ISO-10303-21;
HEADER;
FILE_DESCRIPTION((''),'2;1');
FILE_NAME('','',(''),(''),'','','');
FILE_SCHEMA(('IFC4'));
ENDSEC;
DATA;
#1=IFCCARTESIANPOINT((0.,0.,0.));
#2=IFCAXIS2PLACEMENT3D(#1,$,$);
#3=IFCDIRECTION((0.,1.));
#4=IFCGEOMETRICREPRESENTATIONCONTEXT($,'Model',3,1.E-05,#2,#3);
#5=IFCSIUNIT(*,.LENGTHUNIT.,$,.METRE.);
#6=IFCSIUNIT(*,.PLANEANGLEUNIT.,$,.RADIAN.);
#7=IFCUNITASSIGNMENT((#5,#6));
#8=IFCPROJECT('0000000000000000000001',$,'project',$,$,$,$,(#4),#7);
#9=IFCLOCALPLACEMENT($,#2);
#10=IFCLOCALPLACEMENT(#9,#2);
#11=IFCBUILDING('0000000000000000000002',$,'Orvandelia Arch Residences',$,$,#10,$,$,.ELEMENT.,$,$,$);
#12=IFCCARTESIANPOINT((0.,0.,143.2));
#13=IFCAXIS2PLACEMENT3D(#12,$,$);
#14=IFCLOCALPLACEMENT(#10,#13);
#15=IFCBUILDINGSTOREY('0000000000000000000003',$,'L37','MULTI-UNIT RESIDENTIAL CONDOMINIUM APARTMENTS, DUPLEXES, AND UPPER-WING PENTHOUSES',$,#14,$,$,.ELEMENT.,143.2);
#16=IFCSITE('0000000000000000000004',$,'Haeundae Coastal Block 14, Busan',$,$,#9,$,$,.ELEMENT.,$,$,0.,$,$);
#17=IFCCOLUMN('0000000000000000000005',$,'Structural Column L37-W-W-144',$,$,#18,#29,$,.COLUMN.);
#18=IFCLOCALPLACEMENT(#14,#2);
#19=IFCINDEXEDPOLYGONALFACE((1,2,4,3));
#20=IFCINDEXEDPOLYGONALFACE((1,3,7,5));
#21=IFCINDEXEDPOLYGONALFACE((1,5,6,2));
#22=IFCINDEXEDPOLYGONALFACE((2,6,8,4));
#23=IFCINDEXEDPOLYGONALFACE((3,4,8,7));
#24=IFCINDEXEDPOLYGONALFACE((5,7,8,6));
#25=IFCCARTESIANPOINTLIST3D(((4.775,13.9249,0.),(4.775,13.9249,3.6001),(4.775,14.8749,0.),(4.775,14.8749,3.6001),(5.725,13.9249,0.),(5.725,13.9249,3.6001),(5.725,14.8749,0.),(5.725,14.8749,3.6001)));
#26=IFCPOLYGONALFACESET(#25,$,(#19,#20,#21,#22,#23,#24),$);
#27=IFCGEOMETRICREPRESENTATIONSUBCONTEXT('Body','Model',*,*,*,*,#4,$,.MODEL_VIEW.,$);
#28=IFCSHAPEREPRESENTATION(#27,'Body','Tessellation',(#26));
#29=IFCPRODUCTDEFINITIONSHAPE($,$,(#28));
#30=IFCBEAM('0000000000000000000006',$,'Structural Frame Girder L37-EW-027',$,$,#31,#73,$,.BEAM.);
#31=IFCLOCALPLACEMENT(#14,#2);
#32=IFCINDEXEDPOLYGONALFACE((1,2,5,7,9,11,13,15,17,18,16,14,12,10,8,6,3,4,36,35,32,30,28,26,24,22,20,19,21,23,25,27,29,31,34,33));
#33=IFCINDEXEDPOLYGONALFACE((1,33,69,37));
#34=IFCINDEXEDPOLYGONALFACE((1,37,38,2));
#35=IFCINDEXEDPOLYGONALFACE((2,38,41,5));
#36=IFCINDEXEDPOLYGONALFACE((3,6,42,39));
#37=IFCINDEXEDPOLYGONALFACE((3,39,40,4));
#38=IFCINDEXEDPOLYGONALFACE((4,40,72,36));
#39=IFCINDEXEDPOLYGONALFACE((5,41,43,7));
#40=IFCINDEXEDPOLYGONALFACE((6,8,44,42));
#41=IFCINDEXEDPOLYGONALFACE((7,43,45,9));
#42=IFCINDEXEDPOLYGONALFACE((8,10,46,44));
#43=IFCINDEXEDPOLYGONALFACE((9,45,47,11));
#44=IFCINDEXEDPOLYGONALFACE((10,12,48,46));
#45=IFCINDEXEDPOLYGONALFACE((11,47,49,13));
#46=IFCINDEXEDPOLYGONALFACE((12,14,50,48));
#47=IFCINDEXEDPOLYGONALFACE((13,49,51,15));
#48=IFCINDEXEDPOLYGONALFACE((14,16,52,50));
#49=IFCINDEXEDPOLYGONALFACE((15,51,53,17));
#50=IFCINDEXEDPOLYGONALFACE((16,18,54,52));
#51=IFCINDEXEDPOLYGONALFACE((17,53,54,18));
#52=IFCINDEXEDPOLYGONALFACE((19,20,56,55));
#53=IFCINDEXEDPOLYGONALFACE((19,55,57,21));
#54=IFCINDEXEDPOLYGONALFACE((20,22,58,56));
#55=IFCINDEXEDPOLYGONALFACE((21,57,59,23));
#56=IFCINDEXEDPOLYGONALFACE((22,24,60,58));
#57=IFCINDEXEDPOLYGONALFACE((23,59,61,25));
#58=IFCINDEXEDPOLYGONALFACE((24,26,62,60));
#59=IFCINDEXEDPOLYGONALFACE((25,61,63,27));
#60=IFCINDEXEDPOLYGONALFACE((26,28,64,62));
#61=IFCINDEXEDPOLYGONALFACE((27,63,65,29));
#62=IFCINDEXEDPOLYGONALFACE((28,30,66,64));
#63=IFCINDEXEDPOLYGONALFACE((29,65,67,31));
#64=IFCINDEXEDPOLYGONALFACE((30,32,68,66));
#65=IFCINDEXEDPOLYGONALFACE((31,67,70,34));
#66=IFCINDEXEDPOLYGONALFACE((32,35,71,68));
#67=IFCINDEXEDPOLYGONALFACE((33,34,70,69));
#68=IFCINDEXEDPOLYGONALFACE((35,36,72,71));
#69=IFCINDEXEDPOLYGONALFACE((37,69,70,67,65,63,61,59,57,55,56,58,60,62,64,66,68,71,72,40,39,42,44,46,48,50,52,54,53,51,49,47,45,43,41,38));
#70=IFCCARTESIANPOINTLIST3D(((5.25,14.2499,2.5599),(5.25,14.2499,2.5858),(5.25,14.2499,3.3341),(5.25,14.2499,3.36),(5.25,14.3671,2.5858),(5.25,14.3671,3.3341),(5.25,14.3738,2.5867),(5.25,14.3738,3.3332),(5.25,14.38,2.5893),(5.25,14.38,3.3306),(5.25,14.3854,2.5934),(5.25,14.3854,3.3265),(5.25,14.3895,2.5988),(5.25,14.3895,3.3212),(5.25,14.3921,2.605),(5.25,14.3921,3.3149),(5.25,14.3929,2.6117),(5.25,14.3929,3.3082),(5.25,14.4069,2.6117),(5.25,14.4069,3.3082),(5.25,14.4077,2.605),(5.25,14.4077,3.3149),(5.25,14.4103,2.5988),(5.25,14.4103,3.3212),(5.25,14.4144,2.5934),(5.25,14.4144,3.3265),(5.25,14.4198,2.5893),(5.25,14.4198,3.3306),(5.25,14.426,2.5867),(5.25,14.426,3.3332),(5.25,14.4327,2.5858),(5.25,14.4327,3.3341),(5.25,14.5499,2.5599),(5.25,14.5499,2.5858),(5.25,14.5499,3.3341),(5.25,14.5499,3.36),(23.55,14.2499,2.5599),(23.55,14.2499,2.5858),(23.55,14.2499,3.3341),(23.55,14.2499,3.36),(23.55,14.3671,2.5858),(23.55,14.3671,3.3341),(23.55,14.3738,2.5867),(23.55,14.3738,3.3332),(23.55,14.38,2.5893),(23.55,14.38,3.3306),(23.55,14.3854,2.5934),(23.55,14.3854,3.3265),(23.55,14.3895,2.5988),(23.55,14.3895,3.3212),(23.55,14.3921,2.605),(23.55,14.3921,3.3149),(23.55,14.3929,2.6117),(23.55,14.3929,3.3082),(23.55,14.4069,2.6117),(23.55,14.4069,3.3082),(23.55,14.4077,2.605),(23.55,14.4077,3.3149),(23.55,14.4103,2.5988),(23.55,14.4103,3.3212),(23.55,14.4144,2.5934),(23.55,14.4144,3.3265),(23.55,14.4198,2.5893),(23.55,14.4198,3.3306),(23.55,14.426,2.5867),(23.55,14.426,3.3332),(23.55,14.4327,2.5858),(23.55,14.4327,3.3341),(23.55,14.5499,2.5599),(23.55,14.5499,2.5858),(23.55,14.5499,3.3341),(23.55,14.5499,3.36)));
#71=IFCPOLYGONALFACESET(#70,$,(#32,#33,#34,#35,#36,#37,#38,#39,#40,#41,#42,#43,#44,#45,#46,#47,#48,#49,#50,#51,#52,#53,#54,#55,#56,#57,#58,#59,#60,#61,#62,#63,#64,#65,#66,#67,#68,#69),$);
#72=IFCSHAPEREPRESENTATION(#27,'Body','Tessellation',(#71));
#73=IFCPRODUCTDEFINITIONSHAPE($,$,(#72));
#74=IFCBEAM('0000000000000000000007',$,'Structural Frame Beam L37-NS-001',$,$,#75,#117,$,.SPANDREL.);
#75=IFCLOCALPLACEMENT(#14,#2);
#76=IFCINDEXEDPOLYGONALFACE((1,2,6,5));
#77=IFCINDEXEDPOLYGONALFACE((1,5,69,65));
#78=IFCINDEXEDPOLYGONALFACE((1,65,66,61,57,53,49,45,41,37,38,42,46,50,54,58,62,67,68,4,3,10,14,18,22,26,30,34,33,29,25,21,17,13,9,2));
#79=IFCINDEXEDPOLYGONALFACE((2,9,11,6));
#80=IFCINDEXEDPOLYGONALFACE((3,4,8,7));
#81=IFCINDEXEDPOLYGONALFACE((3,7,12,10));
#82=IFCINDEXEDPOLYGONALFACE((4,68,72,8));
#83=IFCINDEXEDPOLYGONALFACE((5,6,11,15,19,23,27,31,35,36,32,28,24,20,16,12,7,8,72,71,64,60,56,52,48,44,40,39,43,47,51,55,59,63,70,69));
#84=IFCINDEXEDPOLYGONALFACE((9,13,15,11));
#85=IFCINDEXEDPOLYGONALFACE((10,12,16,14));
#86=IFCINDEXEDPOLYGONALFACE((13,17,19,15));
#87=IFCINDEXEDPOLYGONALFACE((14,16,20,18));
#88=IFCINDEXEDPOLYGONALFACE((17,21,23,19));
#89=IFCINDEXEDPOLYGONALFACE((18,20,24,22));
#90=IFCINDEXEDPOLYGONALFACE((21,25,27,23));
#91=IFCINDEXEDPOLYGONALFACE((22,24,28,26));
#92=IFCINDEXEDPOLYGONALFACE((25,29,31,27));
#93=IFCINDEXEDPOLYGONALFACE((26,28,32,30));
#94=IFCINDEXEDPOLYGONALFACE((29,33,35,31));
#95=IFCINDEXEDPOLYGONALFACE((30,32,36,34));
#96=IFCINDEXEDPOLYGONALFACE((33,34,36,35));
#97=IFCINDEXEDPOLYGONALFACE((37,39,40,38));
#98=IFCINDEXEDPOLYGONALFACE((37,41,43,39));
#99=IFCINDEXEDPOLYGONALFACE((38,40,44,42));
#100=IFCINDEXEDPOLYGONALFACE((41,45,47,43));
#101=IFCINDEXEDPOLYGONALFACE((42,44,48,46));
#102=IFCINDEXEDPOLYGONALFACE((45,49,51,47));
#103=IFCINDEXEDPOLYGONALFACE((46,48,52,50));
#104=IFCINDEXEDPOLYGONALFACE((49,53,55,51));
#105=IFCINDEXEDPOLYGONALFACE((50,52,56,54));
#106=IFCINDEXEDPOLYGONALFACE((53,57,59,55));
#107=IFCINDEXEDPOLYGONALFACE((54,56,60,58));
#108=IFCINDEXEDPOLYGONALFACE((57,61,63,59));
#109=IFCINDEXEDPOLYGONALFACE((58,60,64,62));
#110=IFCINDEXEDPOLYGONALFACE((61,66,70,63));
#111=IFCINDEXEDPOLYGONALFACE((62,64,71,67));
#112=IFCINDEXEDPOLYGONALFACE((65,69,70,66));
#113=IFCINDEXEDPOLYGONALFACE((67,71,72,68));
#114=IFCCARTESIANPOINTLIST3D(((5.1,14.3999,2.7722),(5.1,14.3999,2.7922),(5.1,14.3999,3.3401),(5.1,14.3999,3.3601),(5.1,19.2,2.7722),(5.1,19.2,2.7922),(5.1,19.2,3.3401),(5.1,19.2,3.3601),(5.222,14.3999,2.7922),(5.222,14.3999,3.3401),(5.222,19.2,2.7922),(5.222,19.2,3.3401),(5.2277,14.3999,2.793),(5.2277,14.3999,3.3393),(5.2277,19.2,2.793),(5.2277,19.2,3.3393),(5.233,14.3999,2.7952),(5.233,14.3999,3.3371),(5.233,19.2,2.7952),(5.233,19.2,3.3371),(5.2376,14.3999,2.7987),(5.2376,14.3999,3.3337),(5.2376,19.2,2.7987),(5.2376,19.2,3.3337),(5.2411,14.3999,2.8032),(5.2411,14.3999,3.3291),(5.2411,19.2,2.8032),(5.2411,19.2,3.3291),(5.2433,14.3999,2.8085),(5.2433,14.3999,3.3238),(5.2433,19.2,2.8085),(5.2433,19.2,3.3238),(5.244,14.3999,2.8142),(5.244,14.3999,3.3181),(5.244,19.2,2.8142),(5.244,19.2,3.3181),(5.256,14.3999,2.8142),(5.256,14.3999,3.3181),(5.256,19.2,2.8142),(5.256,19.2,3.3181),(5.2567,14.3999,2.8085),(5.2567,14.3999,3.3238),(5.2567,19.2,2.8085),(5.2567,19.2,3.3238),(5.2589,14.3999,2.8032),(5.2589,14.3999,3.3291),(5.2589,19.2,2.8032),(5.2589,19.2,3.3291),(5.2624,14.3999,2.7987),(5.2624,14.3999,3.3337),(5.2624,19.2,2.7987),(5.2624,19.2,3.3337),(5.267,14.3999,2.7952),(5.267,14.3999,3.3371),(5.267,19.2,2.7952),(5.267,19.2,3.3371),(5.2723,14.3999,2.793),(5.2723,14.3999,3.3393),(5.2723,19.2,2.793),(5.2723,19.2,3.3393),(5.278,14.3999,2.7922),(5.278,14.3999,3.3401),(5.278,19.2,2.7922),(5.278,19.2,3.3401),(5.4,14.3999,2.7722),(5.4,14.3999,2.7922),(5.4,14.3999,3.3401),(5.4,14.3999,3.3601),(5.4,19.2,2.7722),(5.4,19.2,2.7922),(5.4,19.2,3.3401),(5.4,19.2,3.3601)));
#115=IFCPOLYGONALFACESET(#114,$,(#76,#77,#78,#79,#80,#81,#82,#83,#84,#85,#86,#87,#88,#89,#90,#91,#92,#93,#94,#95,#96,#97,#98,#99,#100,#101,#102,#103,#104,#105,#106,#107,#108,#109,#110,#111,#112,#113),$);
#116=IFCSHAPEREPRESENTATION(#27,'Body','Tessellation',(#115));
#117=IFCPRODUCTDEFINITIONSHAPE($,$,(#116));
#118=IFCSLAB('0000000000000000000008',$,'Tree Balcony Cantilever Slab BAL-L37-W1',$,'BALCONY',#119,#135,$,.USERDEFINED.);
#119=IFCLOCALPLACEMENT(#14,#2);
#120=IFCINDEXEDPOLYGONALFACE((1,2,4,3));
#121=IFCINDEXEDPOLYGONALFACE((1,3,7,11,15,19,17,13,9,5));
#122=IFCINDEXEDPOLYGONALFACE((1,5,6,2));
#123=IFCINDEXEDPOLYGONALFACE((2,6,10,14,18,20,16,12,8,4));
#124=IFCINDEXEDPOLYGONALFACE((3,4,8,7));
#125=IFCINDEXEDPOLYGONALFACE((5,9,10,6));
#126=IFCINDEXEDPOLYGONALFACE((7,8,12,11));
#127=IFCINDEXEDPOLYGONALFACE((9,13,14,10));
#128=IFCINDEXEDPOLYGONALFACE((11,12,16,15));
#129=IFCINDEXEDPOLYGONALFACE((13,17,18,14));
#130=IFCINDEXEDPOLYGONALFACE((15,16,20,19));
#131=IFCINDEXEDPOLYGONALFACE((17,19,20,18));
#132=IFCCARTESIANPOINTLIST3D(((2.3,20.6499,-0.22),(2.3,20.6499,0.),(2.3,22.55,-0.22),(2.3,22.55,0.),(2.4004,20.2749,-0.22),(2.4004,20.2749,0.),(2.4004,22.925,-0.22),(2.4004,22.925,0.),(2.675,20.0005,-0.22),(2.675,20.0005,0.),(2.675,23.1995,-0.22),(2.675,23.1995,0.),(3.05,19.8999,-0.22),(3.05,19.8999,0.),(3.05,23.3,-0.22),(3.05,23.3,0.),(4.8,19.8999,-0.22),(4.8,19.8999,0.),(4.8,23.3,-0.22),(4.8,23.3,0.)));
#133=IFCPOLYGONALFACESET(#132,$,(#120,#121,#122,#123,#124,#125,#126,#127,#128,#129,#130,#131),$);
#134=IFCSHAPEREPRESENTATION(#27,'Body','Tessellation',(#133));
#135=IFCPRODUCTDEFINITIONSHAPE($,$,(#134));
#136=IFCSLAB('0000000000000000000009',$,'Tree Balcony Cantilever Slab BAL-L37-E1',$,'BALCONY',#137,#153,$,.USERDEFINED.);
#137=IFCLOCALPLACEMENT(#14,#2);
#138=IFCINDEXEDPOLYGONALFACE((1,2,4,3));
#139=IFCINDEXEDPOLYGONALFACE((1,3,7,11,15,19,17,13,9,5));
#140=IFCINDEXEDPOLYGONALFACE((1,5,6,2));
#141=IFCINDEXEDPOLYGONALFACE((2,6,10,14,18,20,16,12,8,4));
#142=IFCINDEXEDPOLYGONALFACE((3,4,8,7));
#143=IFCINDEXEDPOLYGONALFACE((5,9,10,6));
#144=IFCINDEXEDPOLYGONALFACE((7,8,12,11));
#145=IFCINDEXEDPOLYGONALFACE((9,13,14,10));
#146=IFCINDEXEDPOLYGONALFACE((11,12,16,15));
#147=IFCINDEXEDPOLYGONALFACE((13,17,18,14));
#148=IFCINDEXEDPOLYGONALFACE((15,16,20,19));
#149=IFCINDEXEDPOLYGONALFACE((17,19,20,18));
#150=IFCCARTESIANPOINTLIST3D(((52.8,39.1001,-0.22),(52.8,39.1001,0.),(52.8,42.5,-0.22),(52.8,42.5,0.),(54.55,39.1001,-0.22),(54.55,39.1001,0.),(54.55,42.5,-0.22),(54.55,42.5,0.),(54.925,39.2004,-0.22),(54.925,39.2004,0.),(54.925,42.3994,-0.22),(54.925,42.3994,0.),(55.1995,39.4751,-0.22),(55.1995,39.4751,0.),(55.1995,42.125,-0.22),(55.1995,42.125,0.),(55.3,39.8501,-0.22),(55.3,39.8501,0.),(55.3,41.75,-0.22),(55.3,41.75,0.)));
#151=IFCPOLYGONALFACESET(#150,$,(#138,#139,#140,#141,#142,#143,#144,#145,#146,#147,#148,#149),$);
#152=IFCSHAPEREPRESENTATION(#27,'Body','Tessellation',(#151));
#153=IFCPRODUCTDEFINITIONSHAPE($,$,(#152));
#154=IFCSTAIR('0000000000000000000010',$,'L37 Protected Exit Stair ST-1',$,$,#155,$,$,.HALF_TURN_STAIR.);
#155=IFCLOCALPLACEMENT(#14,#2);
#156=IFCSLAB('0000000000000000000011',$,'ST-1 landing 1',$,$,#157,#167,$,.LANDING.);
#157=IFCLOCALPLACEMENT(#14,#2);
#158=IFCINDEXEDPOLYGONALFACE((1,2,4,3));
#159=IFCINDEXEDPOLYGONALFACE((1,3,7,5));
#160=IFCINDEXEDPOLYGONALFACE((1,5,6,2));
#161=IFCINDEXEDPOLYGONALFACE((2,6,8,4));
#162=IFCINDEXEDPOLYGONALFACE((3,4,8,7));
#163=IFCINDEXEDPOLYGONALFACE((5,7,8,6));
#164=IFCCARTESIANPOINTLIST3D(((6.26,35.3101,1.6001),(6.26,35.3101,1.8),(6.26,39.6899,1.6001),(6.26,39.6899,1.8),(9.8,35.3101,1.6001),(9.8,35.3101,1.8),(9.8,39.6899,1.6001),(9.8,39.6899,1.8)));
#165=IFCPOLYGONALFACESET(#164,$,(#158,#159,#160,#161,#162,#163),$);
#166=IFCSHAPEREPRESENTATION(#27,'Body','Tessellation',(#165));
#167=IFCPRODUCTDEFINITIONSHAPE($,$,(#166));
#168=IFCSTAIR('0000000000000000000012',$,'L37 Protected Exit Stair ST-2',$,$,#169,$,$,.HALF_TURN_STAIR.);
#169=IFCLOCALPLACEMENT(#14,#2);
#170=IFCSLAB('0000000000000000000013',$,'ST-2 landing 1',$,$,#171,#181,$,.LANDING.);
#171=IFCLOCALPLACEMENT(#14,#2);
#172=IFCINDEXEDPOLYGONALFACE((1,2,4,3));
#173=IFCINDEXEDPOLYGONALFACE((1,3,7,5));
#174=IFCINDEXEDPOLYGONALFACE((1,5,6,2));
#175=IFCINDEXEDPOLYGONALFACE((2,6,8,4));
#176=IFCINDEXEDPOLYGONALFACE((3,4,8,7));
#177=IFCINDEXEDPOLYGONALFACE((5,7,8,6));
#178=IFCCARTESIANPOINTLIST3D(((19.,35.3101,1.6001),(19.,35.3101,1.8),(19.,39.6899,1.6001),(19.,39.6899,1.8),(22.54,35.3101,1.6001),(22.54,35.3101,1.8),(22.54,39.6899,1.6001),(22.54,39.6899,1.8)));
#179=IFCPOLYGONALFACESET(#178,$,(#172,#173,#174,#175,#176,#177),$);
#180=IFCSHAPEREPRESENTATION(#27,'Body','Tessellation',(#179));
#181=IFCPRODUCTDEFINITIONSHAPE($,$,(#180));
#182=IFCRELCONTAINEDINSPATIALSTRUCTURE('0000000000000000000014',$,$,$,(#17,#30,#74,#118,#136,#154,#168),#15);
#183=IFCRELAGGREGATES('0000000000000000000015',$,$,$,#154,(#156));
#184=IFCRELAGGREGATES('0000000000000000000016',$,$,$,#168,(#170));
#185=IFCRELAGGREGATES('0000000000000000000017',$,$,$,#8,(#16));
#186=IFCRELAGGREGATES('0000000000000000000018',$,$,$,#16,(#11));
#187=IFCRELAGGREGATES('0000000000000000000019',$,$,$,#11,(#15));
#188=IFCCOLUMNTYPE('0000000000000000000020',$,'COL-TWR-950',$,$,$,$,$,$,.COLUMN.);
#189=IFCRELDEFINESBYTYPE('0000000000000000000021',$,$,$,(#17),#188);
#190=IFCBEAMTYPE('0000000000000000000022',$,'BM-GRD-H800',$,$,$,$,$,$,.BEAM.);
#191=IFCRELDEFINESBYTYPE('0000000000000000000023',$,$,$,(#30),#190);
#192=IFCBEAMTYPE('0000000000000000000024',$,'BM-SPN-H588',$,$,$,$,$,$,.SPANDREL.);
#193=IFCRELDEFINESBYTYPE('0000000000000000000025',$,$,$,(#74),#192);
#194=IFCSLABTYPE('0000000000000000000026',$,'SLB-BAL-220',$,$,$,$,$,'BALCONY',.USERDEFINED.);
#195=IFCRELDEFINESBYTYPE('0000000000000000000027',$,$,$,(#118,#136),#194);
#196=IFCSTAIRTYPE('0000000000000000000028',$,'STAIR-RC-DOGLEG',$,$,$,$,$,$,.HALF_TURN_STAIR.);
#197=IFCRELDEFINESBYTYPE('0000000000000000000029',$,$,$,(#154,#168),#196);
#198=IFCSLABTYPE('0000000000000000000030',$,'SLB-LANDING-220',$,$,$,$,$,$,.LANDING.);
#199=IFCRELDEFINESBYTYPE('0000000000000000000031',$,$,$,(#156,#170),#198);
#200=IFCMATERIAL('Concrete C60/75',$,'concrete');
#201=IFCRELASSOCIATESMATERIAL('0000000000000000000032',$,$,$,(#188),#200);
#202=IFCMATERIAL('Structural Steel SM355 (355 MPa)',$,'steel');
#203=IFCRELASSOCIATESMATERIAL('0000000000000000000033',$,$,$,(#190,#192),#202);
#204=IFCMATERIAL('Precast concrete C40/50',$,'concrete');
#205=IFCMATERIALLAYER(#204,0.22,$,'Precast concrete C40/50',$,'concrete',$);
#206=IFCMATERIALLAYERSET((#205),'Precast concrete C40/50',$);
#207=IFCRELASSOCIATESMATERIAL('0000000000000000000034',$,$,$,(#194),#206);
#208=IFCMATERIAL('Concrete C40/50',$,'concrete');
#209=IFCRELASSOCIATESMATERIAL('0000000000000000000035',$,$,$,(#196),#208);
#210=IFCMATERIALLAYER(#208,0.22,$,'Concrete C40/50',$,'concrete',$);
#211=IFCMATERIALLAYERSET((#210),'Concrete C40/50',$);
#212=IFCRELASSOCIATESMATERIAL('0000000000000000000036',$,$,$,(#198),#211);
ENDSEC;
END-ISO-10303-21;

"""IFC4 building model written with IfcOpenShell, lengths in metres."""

from ifc_helpers import new_model, si_unit, direction, frame, origin, origin_2d, place, context, subcontext, project, spatial, polyline, rectangle, i_section, outline, extrude, material, layer, layer_set, material_profile, profile_set, type_object, element, aggregate, save


model = new_model("IFC4")

# Units and contexts
model_context = context("Model", 3, precision=1e-05, world=origin(), true_north=direction((0.0, 1.0)))
body_context = subcontext(model_context, "Body", "Model", "MODEL_VIEW")
ifc_project = project(units=[si_unit("LENGTHUNIT", "METRE"), si_unit("PLANEANGLEUNIT", "RADIAN")], contexts=[model_context])

# Site, building, storey
site_placement = place(None, origin())
site = spatial("IfcSite", under=ifc_project, at=site_placement, Name="Haeundae Coastal Block 14, Busan", CompositionType="ELEMENT", RefElevation=0.0)
building_placement = place(site_placement, origin())
building = spatial("IfcBuilding", under=site, at=building_placement, Name="Orvandelia Arch Residences", CompositionType="ELEMENT")
storey_placement = place(building_placement, frame((0.0, 0.0, 143.2)))
storey = spatial("IfcBuildingStorey", under=building, at=storey_placement, Name="L37", Description="MULTI-UNIT RESIDENTIAL CONDOMINIUM APARTMENTS, DUPLEXES, AND UPPER-WING PENTHOUSES", CompositionType="ELEMENT", Elevation=143.2)

# Column
ifc_material_1 = material(Name="Concrete C60/75", Category="concrete")
ifc_material_profile_1 = material_profile(ifc_material_1, rectangle(XDim=0.95, YDim=0.95, at=origin_2d()), Name="Concrete C60/75", Category="concrete")
ifc_profile_set_1 = profile_set([ifc_material_profile_1], Name="Concrete C60/75")
column_type = type_object("IfcColumnType", Name="COL-TWR-950", PredefinedType="COLUMN", material=ifc_profile_set_1)
column_placement = place(storey_placement, frame((5.25, 14.3999, 0.0), z_axis=(0.0, 0.0, 1.0), x_axis=(1.0, 0.0, 0.0)))
element("IfcColumn", 1, at=column_placement, inside=storey, type_object=column_type, Name="Structural Column L37-W-W-144", PredefinedType="COLUMN", context=body_context, shape_type="SweptSolid", body=[
    extrude(rectangle(XDim=0.95, YDim=0.95, at=origin_2d()), origin(), (0.0, 0.0, 1.0), 3.6001),
])

# Beams
ifc_material_2 = material(Name="Structural Steel SM355 (355 MPa)", Category="steel")
ifc_material_profile_2 = material_profile(ifc_material_2, i_section(OverallWidth=0.3, OverallDepth=0.8, WebThickness=0.0139, FlangeThickness=0.0259, FilletRadius=0.0259, at=origin_2d()), Name="Structural Steel SM355 (355 MPa)", Category="steel")
ifc_profile_set_2 = profile_set([ifc_material_profile_2], Name="Structural Steel SM355 (355 MPa)")
beam_type_1 = type_object("IfcBeamType", Name="BM-GRD-H800", PredefinedType="BEAM", material=ifc_profile_set_2)
beam_1_placement = place(storey_placement, frame((5.25, 14.3999, 2.96), z_axis=(1.0, 0.0, 0.0), x_axis=(0.0, 1.0, 0.0)))
element("IfcBeam", 2, at=beam_1_placement, inside=storey, type_object=beam_type_1, Name="Structural Frame Girder L37-EW-027", PredefinedType="BEAM", context=body_context, shape_type="SweptSolid", body=[
    extrude(i_section(OverallWidth=0.3, OverallDepth=0.8, WebThickness=0.0139, FlangeThickness=0.0259, FilletRadius=0.0259, at=origin_2d()), origin(), (0.0, 0.0, 1.0), 18.3),
])
ifc_material_profile_3 = material_profile(ifc_material_2, i_section(OverallWidth=0.3, OverallDepth=0.5879, WebThickness=0.012, FlangeThickness=0.02, FilletRadius=0.022, at=origin_2d()), Name="Structural Steel SM355 (355 MPa)", Category="steel")
ifc_profile_set_3 = profile_set([ifc_material_profile_3], Name="Structural Steel SM355 (355 MPa)")
beam_type_2 = type_object("IfcBeamType", Name="BM-SPN-H588", PredefinedType="SPANDREL", material=ifc_profile_set_3)
beam_2_placement = place(storey_placement, frame((5.25, 14.3999, 3.0662), z_axis=(0.0, 1.0, 0.0), x_axis=(-1.0, 0.0, 0.0)))
element("IfcBeam", 3, at=beam_2_placement, inside=storey, type_object=beam_type_2, Name="Structural Frame Beam L37-NS-001", PredefinedType="SPANDREL", context=body_context, shape_type="SweptSolid", body=[
    extrude(i_section(OverallWidth=0.3, OverallDepth=0.5879, WebThickness=0.012, FlangeThickness=0.02, FilletRadius=0.022, at=origin_2d()), origin(), (0.0, 0.0, 1.0), 4.8),
])

# Slabs
ifc_material_3 = material(Name="Precast concrete C40/50", Category="concrete")
ifc_layer_1 = layer(ifc_material_3, 0.22, Name="Precast concrete C40/50", Category="concrete")
ifc_layer_set_1 = layer_set([ifc_layer_1], Name="Precast concrete C40/50")
slab_type_1 = type_object("IfcSlabType", Name="SLB-BAL-220", ElementType="BALCONY", PredefinedType="USERDEFINED", material=ifc_layer_set_1)
slab_1_placement = place(storey_placement, frame((0.0, 0.0, -0.22)))
element("IfcSlab", 4, at=slab_1_placement, inside=storey, type_object=slab_type_1, Name="Tree Balcony Cantilever Slab BAL-L37-W1", ObjectType="BALCONY", PredefinedType="USERDEFINED", context=body_context, shape_type="SweptSolid", body=[
    extrude(outline(polyline([(4.8, 19.8999), (4.8, 23.3), (3.05, 23.3), (2.675, 23.1995), (2.4004, 22.925), (2.3, 22.55), (2.3, 20.6499), (2.4004, 20.2749), (2.675, 20.0005), (3.05, 19.8999), (4.8, 19.8999)])), origin(), (0.0, 0.0, 1.0), 0.22),
])
slab_2_placement = place(storey_placement, frame((0.0, 0.0, -0.22)))
element("IfcSlab", 5, at=slab_2_placement, inside=storey, type_object=slab_type_1, Name="Tree Balcony Cantilever Slab BAL-L37-E1", ObjectType="BALCONY", PredefinedType="USERDEFINED", context=body_context, shape_type="SweptSolid", body=[
    extrude(outline(polyline([(52.8, 42.5), (52.8, 39.1001), (54.55, 39.1001), (54.925, 39.2004), (55.1995, 39.4751), (55.3, 39.8501), (55.3, 41.75), (55.1995, 42.125), (54.925, 42.3994), (54.55, 42.5), (52.8, 42.5)])), origin(), (0.0, 0.0, 1.0), 0.22),
])

# Stairs, slabs
ifc_material_4 = material(Name="Concrete C40/50", Category="concrete")
stair_type = type_object("IfcStairType", Name="STAIR-RC-DOGLEG", PredefinedType="HALF_TURN_STAIR", material=ifc_material_4)
stair_1_placement = place(storey_placement, origin())
stair_1 = element("IfcStair", 6, at=stair_1_placement, inside=storey, type_object=stair_type, Name="L37 Protected Exit Stair ST-1", PredefinedType="HALF_TURN_STAIR")
ifc_layer_2 = layer(ifc_material_4, 0.22, Name="Concrete C40/50", Category="concrete")
ifc_layer_set_2 = layer_set([ifc_layer_2], Name="Concrete C40/50")
slab_type_2 = type_object("IfcSlabType", Name="SLB-LANDING-220", PredefinedType="LANDING", material=ifc_layer_set_2)
slab_3_placement = place(storey_placement, frame((0.0, 0.0, 1.6001)))
slab_3 = element("IfcSlab", 7, at=slab_3_placement, type_object=slab_type_2, Name="ST-1 landing 1", PredefinedType="LANDING", context=body_context, shape_type="SweptSolid", body=[
    extrude(outline(polyline([(9.8, 35.3101), (9.8, 39.6899), (6.26, 39.6899), (6.26, 35.3101), (9.8, 35.3101)])), origin(), (0.0, 0.0, 1.0), 0.2),
])
aggregate(stair_1, [slab_3])
stair_2_placement = place(storey_placement, origin())
stair_2 = element("IfcStair", 8, at=stair_2_placement, inside=storey, type_object=stair_type, Name="L37 Protected Exit Stair ST-2", PredefinedType="HALF_TURN_STAIR")
slab_4_placement = place(storey_placement, frame((0.0, 0.0, 1.6001)))
slab_4 = element("IfcSlab", 9, at=slab_4_placement, type_object=slab_type_2, Name="ST-2 landing 1", PredefinedType="LANDING", context=body_context, shape_type="SweptSolid", body=[
    extrude(outline(polyline([(22.54, 35.3101), (22.54, 39.6899), (19.0, 39.6899), (19.0, 35.3101), (22.54, 35.3101)])), origin(), (0.0, 0.0, 1.0), 0.2),
])
aggregate(stair_2, [slab_4])

save(model, "model.ifc")
